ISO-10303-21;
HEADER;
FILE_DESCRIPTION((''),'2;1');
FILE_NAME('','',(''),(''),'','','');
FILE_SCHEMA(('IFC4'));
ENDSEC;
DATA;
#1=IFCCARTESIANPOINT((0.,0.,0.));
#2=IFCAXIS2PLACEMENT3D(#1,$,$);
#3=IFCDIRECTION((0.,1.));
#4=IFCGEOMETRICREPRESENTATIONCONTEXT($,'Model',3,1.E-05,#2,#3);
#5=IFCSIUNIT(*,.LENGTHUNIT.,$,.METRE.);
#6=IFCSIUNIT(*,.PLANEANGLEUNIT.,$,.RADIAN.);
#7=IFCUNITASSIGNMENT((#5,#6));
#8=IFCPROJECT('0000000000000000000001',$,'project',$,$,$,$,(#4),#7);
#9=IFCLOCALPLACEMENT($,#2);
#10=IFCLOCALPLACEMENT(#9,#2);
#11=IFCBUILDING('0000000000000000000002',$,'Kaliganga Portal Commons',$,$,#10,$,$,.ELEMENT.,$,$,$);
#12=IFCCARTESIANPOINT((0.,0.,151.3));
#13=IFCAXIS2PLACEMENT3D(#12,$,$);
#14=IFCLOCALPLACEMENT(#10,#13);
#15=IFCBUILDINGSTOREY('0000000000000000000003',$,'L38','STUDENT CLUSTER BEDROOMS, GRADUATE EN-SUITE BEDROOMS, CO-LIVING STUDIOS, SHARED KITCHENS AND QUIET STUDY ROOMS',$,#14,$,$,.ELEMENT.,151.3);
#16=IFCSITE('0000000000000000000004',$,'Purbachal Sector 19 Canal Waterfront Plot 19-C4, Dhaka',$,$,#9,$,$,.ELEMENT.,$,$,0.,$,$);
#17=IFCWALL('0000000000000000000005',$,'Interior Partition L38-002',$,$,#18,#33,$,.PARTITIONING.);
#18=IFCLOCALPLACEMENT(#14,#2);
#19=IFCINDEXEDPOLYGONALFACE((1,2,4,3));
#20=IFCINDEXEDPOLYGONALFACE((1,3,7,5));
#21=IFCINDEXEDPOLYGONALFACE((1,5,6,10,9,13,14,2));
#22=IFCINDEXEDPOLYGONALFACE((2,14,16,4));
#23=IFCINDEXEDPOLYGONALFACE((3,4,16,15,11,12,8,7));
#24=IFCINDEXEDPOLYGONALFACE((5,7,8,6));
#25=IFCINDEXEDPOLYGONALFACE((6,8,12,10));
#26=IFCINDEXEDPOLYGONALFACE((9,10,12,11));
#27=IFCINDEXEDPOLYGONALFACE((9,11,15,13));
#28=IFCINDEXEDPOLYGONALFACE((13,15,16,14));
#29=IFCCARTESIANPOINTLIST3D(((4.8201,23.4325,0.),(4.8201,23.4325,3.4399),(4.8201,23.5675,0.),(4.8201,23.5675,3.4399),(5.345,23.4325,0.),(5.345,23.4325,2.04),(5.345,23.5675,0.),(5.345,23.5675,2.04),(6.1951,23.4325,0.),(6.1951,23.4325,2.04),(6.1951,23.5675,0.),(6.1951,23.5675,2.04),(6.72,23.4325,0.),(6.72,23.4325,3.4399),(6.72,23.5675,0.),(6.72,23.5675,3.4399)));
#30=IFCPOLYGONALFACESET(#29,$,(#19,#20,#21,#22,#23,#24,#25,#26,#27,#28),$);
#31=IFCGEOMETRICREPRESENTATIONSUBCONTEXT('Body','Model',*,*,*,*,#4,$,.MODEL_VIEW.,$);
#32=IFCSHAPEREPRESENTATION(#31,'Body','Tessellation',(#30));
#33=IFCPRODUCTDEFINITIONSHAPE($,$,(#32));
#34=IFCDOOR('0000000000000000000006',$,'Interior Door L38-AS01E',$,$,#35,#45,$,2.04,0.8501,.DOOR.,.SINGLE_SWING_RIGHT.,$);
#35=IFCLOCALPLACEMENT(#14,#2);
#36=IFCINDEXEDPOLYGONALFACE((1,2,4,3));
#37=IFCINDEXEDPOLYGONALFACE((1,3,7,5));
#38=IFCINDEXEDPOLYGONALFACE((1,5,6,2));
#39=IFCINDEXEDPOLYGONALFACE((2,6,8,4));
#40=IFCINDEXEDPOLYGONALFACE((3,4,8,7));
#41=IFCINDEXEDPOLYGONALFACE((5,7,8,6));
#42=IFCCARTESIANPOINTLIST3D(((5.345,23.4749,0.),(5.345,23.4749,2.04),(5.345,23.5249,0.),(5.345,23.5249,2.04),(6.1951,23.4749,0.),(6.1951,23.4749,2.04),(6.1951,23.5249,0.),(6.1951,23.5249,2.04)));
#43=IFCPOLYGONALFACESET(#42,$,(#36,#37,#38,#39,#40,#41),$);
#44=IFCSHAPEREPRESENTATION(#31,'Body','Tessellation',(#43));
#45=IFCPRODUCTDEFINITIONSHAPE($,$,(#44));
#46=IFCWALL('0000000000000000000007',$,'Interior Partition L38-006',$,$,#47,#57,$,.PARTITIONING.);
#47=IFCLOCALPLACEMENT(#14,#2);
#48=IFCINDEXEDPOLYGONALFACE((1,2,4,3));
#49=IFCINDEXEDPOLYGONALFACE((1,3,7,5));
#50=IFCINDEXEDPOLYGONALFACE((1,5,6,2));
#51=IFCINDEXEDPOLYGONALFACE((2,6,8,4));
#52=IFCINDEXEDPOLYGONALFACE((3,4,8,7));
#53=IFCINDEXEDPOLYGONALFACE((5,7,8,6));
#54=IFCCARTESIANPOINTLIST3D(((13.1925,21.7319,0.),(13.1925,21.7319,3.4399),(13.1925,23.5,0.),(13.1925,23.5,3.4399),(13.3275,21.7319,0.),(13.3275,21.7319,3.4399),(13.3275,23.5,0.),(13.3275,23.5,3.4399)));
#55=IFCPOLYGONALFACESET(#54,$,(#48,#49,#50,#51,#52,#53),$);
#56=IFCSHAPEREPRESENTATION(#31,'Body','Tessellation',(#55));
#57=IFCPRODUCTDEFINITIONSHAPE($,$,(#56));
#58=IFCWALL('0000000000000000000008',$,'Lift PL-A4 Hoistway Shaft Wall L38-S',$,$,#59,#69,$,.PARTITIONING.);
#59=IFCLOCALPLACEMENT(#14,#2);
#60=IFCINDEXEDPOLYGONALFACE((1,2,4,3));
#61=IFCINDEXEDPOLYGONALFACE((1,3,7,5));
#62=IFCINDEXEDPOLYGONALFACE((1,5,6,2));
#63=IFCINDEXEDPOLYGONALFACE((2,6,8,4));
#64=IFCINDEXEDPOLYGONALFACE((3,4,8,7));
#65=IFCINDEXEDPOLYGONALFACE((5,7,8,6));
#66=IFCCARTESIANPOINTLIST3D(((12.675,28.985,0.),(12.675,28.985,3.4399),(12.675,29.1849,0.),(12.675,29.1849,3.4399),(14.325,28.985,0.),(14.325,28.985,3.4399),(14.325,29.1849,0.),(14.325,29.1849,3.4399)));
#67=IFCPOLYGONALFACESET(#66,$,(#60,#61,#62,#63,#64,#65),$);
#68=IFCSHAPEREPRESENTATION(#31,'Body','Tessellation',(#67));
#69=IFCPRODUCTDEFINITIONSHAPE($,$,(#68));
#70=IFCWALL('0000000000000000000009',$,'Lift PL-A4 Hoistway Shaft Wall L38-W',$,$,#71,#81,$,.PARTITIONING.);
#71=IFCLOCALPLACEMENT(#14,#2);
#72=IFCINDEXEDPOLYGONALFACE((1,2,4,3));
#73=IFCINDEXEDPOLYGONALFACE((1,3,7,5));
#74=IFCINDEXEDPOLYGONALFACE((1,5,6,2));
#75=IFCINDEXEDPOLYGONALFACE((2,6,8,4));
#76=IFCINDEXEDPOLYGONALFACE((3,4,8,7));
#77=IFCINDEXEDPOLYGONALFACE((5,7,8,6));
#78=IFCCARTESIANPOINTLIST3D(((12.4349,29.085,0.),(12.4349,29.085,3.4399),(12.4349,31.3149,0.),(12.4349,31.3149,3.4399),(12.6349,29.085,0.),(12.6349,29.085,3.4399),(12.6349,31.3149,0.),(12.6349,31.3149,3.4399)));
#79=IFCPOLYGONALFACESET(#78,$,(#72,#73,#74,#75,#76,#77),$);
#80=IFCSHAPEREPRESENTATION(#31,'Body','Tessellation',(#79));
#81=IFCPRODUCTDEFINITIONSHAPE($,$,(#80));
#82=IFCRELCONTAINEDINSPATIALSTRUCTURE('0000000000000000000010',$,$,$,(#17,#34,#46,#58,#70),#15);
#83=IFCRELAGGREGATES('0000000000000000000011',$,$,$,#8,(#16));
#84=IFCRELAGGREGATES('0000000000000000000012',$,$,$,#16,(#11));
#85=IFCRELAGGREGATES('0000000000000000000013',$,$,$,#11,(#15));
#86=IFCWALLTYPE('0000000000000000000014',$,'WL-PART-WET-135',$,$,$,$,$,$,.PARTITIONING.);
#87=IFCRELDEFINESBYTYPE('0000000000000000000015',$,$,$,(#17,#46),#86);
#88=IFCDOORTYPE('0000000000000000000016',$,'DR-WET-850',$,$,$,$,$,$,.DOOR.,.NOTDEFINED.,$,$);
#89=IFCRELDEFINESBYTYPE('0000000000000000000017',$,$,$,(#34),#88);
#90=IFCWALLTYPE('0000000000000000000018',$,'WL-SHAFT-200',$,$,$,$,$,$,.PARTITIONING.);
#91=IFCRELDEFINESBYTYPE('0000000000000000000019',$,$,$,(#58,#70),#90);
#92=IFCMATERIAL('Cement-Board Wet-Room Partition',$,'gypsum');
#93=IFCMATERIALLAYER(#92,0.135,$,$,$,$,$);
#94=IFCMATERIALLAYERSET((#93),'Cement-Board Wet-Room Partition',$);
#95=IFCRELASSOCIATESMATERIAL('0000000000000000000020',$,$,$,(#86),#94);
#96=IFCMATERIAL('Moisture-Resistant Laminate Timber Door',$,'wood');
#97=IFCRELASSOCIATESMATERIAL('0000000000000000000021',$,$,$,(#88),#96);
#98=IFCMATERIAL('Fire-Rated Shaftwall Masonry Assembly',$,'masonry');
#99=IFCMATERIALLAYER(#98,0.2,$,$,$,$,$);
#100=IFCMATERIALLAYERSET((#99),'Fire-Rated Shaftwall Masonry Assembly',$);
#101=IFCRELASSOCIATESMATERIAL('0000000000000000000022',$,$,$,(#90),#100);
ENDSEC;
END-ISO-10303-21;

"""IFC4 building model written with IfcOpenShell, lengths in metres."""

from ifc_helpers import new_model, si_unit, direction, frame, frame_2d, origin, place, context, subcontext, project, spatial, rectangle, extrude, material, layer, layer_set, type_object, element, fill, save


model = new_model("IFC4")

# Units and contexts
model_context = context("Model", 3, precision=1e-05, world=origin(), true_north=direction((0.0, 1.0)))
body_context = subcontext(model_context, "Body", "Model", "MODEL_VIEW")
ifc_project = project(units=[si_unit("LENGTHUNIT", "METRE"), si_unit("PLANEANGLEUNIT", "RADIAN")], contexts=[model_context])

# Site, building, storey
site_placement = place(None, origin())
site = spatial("IfcSite", under=ifc_project, at=site_placement, Name="Purbachal Sector 19 Canal Waterfront Plot 19-C4, Dhaka", CompositionType="ELEMENT", RefElevation=0.0)
building_placement = place(site_placement, origin())
building = spatial("IfcBuilding", under=site, at=building_placement, Name="Kaliganga Portal Commons", CompositionType="ELEMENT")
storey_placement = place(building_placement, frame((0.0, 0.0, 151.3)))
storey = spatial("IfcBuildingStorey", under=building, at=storey_placement, Name="L38", Description="STUDENT CLUSTER BEDROOMS, GRADUATE EN-SUITE BEDROOMS, CO-LIVING STUDIOS, SHARED KITCHENS AND QUIET STUDY ROOMS", CompositionType="ELEMENT", Elevation=151.3)

# Wall, opening, door
ifc_material_1 = material(Name="Cement-Board Wet-Room Partition", Category="gypsum")
ifc_layer_1 = layer(ifc_material_1, 0.135)
ifc_layer_set_1 = layer_set([ifc_layer_1], Name="Cement-Board Wet-Room Partition")
wall_type_1 = type_object("IfcWallType", Name="WL-PART-WET-135", PredefinedType="PARTITIONING", material=ifc_layer_set_1)
ifc_material_2 = material(Name="Moisture-Resistant Laminate Timber Door", Category="wood")
door_type_1 = type_object("IfcDoorType", Name="DR-WET-850", OperationType="NOTDEFINED", PredefinedType="DOOR", material=ifc_material_2)
wall_1_placement = place(storey_placement, frame((4.8201, 23.5, 0.0), z_axis=(0.0, 0.0, 1.0), x_axis=(1.0, 0.0, 0.0)))
wall_1 = element("IfcWall", 1, at=wall_1_placement, inside=storey, type_object=wall_type_1, Name="Interior Partition L38-002", PredefinedType="PARTITIONING", context=body_context, shape_type="SweptSolid", body=[
    extrude(rectangle(XDim=1.8999, YDim=0.135, at=frame_2d((0.95, 0.0))), origin(), (0.0, 0.0, 1.0), 3.4399),
])
opening_1_placement = place(wall_1_placement, frame((0.5249, 0.0, 0.0)))
opening_1 = element("IfcOpeningElement", 2, at=opening_1_placement, cuts=wall_1, PredefinedType="OPENING", context=body_context, shape_type="SweptSolid", body=[
    extrude(rectangle(XDim=0.8501, YDim=2.04, at=frame_2d((0.425, 1.02))), frame((0.0, 0.0776, 0.0), z_axis=(0.0, -1.0, 0.0), x_axis=(1.0, 0.0, 0.0)), (0.0, 0.0, 1.0), 0.155),
])
door_1_placement = place(opening_1_placement, origin())
door_1 = element("IfcDoor", 3, at=door_1_placement, inside=storey, type_object=door_type_1, Name="Interior Door L38-AS01E", OperationType="SINGLE_SWING_RIGHT", OverallHeight=2.04, OverallWidth=0.8501, PredefinedType="DOOR", context=body_context, shape_type="SweptSolid", body=[
    extrude(rectangle(XDim=0.8501, YDim=2.04, at=frame_2d((0.425, 1.02))), frame((0.0, 0.0249, 0.0), z_axis=(0.0, -1.0, 0.0), x_axis=(1.0, 0.0, 0.0)), (0.0, 0.0, 1.0), 0.05),
])
fill(opening_1, door_1)

# Walls
wall_2_placement = place(storey_placement, frame((13.26, 21.7319, 0.0), z_axis=(0.0, 0.0, 1.0), x_axis=(0.0, 1.0, 0.0)))
element("IfcWall", 4, at=wall_2_placement, inside=storey, type_object=wall_type_1, Name="Interior Partition L38-006", PredefinedType="PARTITIONING", context=body_context, shape_type="SweptSolid", body=[
    extrude(rectangle(XDim=1.7681, YDim=0.135, at=frame_2d((0.884, 0.0))), origin(), (0.0, 0.0, 1.0), 3.4399),
])
ifc_material_3 = material(Name="Fire-Rated Shaftwall Masonry Assembly", Category="masonry")
ifc_layer_2 = layer(ifc_material_3, 0.2)
ifc_layer_set_2 = layer_set([ifc_layer_2], Name="Fire-Rated Shaftwall Masonry Assembly")
wall_type_2 = type_object("IfcWallType", Name="WL-SHAFT-200", PredefinedType="PARTITIONING", material=ifc_layer_set_2)
wall_3_placement = place(storey_placement, frame((12.675, 29.085, 0.0), z_axis=(0.0, 0.0, 1.0), x_axis=(1.0, 0.0, 0.0)))
element("IfcWall", 5, at=wall_3_placement, inside=storey, type_object=wall_type_2, Name="Lift PL-A4 Hoistway Shaft Wall L38-S", PredefinedType="PARTITIONING", context=body_context, shape_type="SweptSolid", body=[
    extrude(rectangle(XDim=1.6499, YDim=0.2, at=frame_2d((0.825, 0.0))), origin(), (0.0, 0.0, 1.0), 3.4399),
])
wall_4_placement = place(storey_placement, frame((12.5349, 29.085, 0.0), z_axis=(0.0, 0.0, 1.0), x_axis=(0.0, 1.0, 0.0)))
element("IfcWall", 6, at=wall_4_placement, inside=storey, type_object=wall_type_2, Name="Lift PL-A4 Hoistway Shaft Wall L38-W", PredefinedType="PARTITIONING", context=body_context, shape_type="SweptSolid", body=[
    extrude(rectangle(XDim=2.23, YDim=0.2, at=frame_2d((1.115, 0.0))), origin(), (0.0, 0.0, 1.0), 3.4399),
])

save(model, "model.ifc")
